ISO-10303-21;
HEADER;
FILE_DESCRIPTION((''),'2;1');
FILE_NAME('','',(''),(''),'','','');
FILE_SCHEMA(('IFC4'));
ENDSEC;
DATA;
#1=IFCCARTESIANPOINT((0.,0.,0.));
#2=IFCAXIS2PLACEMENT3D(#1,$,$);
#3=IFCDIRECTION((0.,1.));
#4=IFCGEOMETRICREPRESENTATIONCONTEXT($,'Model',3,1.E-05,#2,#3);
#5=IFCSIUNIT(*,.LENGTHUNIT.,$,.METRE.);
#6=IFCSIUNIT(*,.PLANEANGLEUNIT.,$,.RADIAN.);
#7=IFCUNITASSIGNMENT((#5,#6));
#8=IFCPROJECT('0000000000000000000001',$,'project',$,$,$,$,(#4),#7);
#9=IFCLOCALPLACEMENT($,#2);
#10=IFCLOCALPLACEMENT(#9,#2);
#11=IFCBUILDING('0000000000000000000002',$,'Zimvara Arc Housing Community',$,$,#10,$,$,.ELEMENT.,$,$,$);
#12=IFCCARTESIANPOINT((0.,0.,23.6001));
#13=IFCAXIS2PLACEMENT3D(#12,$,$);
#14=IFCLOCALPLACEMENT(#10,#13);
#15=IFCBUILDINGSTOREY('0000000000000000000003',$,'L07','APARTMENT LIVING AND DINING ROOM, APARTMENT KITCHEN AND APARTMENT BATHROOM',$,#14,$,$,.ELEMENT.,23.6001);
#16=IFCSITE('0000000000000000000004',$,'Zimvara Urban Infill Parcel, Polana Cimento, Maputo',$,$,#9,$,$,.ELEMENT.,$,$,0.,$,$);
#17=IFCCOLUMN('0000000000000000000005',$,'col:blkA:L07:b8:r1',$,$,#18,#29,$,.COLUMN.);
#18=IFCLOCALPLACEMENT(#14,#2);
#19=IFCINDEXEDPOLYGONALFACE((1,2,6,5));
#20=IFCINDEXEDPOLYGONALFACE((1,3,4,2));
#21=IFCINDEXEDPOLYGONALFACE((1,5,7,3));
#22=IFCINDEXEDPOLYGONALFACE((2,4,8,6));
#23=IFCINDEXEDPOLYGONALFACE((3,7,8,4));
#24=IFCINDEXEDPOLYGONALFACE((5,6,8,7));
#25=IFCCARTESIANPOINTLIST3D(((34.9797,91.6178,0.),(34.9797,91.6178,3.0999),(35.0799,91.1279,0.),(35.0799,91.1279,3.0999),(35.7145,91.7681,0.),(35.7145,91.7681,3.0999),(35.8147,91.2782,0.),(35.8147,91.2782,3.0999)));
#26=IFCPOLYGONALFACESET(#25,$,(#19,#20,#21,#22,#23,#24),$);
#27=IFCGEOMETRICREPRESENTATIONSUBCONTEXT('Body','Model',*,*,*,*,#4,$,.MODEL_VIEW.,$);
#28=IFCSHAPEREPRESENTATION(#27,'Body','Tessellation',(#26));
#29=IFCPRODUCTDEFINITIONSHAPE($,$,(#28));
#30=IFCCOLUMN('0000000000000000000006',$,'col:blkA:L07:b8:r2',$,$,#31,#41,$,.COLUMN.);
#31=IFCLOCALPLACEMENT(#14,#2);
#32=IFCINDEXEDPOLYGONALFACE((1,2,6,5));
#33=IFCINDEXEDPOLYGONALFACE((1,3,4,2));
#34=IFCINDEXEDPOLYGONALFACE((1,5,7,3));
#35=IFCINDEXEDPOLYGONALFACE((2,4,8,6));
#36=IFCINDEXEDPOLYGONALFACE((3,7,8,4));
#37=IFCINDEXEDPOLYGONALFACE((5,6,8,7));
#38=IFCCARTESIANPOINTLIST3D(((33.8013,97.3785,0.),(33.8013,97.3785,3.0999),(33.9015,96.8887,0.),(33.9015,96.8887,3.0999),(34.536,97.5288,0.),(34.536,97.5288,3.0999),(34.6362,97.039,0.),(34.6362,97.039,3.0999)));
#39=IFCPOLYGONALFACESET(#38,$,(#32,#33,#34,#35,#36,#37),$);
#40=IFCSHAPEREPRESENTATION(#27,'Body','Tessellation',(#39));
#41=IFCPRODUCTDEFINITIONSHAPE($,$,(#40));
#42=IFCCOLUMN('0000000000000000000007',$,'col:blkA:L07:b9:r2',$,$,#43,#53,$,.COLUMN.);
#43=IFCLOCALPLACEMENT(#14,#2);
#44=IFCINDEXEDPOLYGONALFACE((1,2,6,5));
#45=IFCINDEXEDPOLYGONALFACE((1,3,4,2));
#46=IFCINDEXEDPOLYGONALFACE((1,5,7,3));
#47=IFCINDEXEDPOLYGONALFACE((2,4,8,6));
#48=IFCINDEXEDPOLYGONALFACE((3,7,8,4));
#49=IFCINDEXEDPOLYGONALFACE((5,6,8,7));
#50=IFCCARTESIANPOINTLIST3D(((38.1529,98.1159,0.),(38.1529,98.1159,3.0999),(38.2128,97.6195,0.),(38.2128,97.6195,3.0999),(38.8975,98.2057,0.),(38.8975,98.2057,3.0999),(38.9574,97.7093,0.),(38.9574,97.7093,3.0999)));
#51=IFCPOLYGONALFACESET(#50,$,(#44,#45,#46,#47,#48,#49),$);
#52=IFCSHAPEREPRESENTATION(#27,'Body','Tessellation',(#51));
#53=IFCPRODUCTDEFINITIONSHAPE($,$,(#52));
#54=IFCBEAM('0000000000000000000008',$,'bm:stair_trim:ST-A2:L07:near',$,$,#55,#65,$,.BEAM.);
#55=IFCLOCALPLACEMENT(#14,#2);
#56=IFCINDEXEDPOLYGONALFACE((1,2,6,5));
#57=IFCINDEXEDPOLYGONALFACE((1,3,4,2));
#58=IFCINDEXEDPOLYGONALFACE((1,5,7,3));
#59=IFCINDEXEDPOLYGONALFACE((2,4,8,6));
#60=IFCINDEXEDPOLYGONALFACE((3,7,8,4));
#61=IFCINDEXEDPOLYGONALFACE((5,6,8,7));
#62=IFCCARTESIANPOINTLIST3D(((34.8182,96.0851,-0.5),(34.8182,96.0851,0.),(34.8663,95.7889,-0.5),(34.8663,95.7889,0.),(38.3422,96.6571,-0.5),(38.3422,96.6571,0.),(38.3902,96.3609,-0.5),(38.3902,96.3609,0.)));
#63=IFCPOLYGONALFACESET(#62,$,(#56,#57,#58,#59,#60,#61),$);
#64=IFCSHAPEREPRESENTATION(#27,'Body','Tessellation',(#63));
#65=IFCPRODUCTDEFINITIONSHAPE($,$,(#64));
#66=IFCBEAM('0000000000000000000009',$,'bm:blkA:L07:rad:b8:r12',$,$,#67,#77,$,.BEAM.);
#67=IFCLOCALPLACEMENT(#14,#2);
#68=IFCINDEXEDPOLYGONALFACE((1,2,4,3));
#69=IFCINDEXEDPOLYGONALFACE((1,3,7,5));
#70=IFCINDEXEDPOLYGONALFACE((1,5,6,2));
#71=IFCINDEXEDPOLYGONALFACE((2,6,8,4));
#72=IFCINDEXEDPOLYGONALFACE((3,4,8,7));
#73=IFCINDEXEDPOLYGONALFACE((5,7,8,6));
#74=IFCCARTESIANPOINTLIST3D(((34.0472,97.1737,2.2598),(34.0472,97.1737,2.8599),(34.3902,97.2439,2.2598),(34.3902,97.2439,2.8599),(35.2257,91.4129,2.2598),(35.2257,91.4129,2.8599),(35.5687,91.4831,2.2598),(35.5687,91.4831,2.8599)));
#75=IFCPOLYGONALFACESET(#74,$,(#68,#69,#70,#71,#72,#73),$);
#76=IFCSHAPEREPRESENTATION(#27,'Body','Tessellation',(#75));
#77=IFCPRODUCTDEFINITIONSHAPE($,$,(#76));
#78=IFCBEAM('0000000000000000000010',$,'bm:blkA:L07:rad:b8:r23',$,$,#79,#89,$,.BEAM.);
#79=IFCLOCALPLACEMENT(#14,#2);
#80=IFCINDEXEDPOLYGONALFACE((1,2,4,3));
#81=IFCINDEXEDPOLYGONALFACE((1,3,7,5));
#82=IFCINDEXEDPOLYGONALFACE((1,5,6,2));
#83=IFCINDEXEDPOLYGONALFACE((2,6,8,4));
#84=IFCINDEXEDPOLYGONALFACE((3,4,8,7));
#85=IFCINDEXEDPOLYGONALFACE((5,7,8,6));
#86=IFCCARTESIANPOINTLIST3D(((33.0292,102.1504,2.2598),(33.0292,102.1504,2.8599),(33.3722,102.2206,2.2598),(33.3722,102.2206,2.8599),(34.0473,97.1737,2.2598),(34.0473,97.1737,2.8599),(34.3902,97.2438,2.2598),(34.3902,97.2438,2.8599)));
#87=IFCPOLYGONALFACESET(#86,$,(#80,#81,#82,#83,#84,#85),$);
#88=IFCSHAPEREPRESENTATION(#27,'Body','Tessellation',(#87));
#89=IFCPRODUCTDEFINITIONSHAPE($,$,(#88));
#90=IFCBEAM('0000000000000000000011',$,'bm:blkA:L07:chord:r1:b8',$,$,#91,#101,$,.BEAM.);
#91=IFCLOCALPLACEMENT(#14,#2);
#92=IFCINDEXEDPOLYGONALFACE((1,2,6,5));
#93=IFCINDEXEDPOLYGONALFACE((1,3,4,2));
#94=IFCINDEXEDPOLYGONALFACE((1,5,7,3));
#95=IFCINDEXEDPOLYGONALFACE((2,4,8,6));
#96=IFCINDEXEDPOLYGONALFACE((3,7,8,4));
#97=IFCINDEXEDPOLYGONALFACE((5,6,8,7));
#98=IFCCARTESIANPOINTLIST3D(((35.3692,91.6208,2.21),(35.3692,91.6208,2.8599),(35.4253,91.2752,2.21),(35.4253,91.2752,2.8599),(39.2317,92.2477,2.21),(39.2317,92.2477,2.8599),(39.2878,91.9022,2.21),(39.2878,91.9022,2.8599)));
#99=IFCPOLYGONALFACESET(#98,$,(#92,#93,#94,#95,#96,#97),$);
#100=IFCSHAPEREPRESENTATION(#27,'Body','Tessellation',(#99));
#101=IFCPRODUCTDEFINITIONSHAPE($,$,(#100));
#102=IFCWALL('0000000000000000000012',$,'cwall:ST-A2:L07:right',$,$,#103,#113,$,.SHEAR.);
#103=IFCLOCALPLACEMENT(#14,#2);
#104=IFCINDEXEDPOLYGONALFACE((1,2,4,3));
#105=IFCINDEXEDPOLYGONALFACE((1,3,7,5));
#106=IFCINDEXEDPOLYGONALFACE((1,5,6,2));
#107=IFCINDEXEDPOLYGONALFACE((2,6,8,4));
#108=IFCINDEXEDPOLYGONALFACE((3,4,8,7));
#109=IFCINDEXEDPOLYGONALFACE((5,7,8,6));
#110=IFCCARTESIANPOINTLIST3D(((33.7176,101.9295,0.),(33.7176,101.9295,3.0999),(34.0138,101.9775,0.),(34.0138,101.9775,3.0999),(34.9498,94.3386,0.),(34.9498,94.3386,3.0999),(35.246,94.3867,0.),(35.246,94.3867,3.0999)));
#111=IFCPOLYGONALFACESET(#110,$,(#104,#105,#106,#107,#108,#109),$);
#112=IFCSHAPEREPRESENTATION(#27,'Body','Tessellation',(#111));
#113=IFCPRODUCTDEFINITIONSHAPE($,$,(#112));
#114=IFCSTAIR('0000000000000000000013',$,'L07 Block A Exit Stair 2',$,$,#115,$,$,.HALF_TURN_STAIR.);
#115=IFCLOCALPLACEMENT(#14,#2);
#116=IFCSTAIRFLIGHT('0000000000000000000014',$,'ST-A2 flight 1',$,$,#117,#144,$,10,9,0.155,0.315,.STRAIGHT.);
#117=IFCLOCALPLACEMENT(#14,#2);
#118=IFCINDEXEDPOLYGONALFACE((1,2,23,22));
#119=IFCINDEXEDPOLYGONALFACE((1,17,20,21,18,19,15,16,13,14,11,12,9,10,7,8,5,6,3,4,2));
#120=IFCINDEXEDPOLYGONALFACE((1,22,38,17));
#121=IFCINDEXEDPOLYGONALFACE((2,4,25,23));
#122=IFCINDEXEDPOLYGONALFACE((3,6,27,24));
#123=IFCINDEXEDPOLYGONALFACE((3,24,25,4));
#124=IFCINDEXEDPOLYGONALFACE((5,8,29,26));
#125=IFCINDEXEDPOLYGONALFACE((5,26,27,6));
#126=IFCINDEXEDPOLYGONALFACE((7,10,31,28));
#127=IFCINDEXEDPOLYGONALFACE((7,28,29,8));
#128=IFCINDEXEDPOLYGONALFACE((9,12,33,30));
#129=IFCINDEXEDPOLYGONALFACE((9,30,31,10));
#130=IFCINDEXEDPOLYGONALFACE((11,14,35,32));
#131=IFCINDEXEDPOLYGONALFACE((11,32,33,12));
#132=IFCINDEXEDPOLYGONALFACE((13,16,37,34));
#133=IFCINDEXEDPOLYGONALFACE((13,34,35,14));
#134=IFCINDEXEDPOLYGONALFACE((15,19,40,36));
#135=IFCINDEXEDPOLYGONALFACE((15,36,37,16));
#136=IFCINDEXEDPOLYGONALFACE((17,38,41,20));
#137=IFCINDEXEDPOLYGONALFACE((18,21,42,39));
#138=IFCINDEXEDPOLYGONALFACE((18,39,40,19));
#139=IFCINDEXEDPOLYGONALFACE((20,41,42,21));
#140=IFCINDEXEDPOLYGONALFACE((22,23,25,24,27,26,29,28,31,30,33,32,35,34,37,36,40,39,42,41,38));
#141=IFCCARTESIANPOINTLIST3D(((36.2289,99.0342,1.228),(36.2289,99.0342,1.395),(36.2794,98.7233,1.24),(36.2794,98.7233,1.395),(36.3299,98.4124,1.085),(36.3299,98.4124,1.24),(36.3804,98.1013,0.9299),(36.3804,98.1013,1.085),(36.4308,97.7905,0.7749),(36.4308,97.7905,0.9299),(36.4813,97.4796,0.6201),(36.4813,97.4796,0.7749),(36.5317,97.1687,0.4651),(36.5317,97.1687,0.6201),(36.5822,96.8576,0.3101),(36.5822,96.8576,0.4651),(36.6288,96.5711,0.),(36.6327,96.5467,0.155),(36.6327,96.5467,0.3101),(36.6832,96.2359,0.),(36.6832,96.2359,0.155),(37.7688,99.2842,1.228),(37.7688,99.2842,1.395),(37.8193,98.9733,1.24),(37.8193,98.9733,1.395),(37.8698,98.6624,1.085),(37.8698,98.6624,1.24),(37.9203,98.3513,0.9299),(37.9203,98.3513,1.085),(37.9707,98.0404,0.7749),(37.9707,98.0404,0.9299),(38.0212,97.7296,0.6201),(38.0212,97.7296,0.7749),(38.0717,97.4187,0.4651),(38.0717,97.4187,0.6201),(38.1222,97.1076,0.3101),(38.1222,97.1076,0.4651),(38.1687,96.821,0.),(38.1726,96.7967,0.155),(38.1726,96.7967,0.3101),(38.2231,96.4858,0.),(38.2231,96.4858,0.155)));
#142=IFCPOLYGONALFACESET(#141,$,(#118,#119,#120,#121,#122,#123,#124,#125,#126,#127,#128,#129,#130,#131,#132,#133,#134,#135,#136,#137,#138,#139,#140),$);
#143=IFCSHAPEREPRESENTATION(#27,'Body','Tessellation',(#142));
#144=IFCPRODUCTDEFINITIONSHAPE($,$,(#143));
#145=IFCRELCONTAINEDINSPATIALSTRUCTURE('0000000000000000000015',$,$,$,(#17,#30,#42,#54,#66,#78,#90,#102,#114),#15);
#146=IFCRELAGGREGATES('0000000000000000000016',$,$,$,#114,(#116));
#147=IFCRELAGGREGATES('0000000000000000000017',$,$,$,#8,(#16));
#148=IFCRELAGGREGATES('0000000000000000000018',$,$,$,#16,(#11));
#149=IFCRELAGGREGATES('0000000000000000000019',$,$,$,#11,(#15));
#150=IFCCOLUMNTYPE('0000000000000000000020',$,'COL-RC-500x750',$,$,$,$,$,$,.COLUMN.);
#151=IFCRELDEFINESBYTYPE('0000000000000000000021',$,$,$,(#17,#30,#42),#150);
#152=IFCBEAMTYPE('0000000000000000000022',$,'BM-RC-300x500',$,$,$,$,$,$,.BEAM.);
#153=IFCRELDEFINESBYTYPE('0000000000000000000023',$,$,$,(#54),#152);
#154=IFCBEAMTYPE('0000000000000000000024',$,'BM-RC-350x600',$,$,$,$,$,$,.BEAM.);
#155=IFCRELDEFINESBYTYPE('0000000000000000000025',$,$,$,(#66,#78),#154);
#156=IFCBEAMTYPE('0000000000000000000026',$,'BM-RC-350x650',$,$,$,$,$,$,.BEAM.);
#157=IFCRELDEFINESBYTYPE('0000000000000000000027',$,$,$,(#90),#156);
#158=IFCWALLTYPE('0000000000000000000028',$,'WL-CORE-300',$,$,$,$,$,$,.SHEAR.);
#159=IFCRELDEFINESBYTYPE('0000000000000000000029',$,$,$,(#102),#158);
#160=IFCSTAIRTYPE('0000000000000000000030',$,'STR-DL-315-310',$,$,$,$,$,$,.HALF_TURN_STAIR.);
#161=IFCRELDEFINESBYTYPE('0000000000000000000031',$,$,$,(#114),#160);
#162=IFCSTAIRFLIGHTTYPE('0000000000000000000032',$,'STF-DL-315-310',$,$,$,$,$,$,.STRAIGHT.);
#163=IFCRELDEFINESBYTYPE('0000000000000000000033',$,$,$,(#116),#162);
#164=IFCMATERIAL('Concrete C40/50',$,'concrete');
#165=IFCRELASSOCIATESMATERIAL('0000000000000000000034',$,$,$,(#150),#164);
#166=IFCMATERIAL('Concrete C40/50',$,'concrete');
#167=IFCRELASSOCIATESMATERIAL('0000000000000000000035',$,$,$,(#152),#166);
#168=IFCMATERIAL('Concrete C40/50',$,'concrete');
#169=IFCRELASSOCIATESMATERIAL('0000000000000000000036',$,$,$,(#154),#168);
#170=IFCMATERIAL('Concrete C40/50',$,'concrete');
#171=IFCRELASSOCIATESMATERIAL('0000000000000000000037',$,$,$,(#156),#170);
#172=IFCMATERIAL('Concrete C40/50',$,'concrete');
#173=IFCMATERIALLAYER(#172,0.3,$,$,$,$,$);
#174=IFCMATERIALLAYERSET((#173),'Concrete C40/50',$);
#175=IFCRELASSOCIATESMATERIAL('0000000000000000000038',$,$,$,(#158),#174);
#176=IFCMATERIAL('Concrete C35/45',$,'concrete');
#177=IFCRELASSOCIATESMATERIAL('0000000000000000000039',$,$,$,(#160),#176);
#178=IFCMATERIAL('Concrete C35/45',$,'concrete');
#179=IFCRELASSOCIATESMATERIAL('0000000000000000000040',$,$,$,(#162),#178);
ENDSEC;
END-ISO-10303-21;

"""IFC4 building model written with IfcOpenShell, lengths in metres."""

from ifc_helpers import new_model, si_unit, direction, frame, frame_2d, origin, origin_2d, place, context, subcontext, project, spatial, polyline, rectangle, outline, extrude, material, layer, layer_set, material_profile, profile_set, type_object, element, aggregate, save


model = new_model("IFC4")

# Units and contexts
model_context = context("Model", 3, precision=1e-05, world=origin(), true_north=direction((0.0, 1.0)))
body_context = subcontext(model_context, "Body", "Model", "MODEL_VIEW")
ifc_project = project(units=[si_unit("LENGTHUNIT", "METRE"), si_unit("PLANEANGLEUNIT", "RADIAN")], contexts=[model_context])

# Site, building, storey
site_placement = place(None, origin())
site = spatial("IfcSite", under=ifc_project, at=site_placement, Name="Zimvara Urban Infill Parcel, Polana Cimento, Maputo", CompositionType="ELEMENT", RefElevation=0.0)
building_placement = place(site_placement, origin())
building = spatial("IfcBuilding", under=site, at=building_placement, Name="Zimvara Arc Housing Community", CompositionType="ELEMENT")
storey_placement = place(building_placement, frame((0.0, 0.0, 23.6001)))
storey = spatial("IfcBuildingStorey", under=building, at=storey_placement, Name="L07", Description="APARTMENT LIVING AND DINING ROOM, APARTMENT KITCHEN AND APARTMENT BATHROOM", CompositionType="ELEMENT", Elevation=23.6001)

# Columns
ifc_material_1 = material(Name="Concrete C40/50", Category="concrete")
ifc_material_profile_1 = material_profile(ifc_material_1, rectangle(XDim=0.5, YDim=0.75, at=origin_2d()), Name="RC 500x750")
ifc_profile_set_1 = profile_set([ifc_material_profile_1], Name="Concrete C40/50")
column_type = type_object("IfcColumnType", Name="COL-RC-500x750", PredefinedType="COLUMN", material=ifc_profile_set_1)
for number, where, z_axis, x_axis, name in (
    (1, (35.3972, 91.448, 0.0), (0.0, 0.0, 1.0), (-0.200394, 0.979715, 0.0), "col:blkA:L07:b8:r1"),
    (2, (34.2188, 97.2087, 0.0), (0.0, 0.0, 1.0), (-0.200394, 0.979715, 0.0), "col:blkA:L07:b8:r2"),
    (3, (38.5552, 97.9126, 0.0), (0.0, 0.0, 1.0), (-0.11979, 0.992799, 0.0), "col:blkA:L07:b9:r2"),
):
    element("IfcColumn", number, at=place(storey_placement, frame(where, z_axis=z_axis, x_axis=x_axis)), inside=storey, type_object=column_type, Name=name, PredefinedType="COLUMN", context=body_context, shape_type="SweptSolid", body=[
        extrude(rectangle(XDim=0.5, YDim=0.75, at=origin_2d()), origin(), (0.0, 0.0, 1.0), 3.0999),
    ])

# Beams
ifc_material_2 = material(Name="Concrete C40/50", Category="concrete")
ifc_material_profile_2 = material_profile(ifc_material_2, rectangle(XDim=0.3, YDim=0.5, at=origin_2d()), Name="RC 300x500")
ifc_profile_set_2 = profile_set([ifc_material_profile_2], Name="Concrete C40/50")
beam_type_1 = type_object("IfcBeamType", Name="BM-RC-300x500", PredefinedType="BEAM", material=ifc_profile_set_2)
beam_1_placement = place(storey_placement, frame((38.3662, 96.509, -0.25), z_axis=(-0.98708, -0.160228, 0.0), x_axis=(0.160228, -0.98708, 0.0)))
element("IfcBeam", 4, at=beam_1_placement, inside=storey, type_object=beam_type_1, Name="bm:stair_trim:ST-A2:L07:near", PredefinedType="BEAM", context=body_context, shape_type="SweptSolid", body=[
    extrude(rectangle(XDim=0.3, YDim=0.5, at=origin_2d()), origin(), (0.0, 0.0, 1.0), 3.5701),
])
ifc_material_3 = material(Name="Concrete C40/50", Category="concrete")
ifc_material_profile_3 = material_profile(ifc_material_3, rectangle(XDim=0.3501, YDim=0.6001, at=origin_2d()), Name="RC 350x600")
ifc_profile_set_3 = profile_set([ifc_material_profile_3], Name="Concrete C40/50")
beam_type_2 = type_object("IfcBeamType", Name="BM-RC-350x600", PredefinedType="BEAM", material=ifc_profile_set_3)
beam_2_placement = place(storey_placement, frame((35.3972, 91.448, 2.5598), z_axis=(-0.200418, 0.97971, 0.0), x_axis=(-0.97971, -0.200418, 0.0)))
element("IfcBeam", 5, at=beam_2_placement, inside=storey, type_object=beam_type_2, Name="bm:blkA:L07:rad:b8:r12", PredefinedType="BEAM", context=body_context, shape_type="SweptSolid", body=[
    extrude(rectangle(XDim=0.3501, YDim=0.6001, at=origin_2d()), origin(), (0.0, 0.0, 1.0), 5.8801),
])
beam_3_placement = place(storey_placement, frame((34.2188, 97.2087, 2.5598), z_axis=(-0.200412, 0.979712, 0.0), x_axis=(-0.979712, -0.200412, 0.0)))
element("IfcBeam", 6, at=beam_3_placement, inside=storey, type_object=beam_type_2, Name="bm:blkA:L07:rad:b8:r23", PredefinedType="BEAM", context=body_context, shape_type="SweptSolid", body=[
    extrude(rectangle(XDim=0.3501, YDim=0.6001, at=origin_2d()), origin(), (0.0, 0.0, 1.0), 5.0798),
])
ifc_material_4 = material(Name="Concrete C40/50", Category="concrete")
ifc_material_profile_4 = material_profile(ifc_material_4, rectangle(XDim=0.3501, YDim=0.6499, at=origin_2d()), Name="RC 350x650")
ifc_profile_set_4 = profile_set([ifc_material_profile_4], Name="Concrete C40/50")
beam_type_3 = type_object("IfcBeamType", Name="BM-RC-350x650", PredefinedType="BEAM", material=ifc_profile_set_4)
beam_4_placement = place(storey_placement, frame((35.3972, 91.448, 2.5349), z_axis=(0.987081, 0.160219, 0.0), x_axis=(-0.160219, 0.987081, 0.0)))
element("IfcBeam", 7, at=beam_4_placement, inside=storey, type_object=beam_type_3, Name="bm:blkA:L07:chord:r1:b8", PredefinedType="BEAM", context=body_context, shape_type="SweptSolid", body=[
    extrude(rectangle(XDim=0.3501, YDim=0.6499, at=origin_2d()), origin(), (0.0, 0.0, 1.0), 3.9131),
])

# Wall
ifc_material_5 = material(Name="Concrete C40/50", Category="concrete")
ifc_layer_1 = layer(ifc_material_5, 0.3)
ifc_layer_set_1 = layer_set([ifc_layer_1], Name="Concrete C40/50")
wall_type_1 = type_object("IfcWallType", Name="WL-CORE-300", PredefinedType="SHEAR", material=ifc_layer_set_1)
wall_1_placement = place(storey_placement, frame((35.0979, 94.3625, 0.0), z_axis=(0.0, 0.0, 1.0), x_axis=(-0.160227, 0.98708, 0.0)))
element("IfcWall", 8, at=wall_1_placement, inside=storey, type_object=wall_type_1, Name="cwall:ST-A2:L07:right", PredefinedType="SHEAR", context=body_context, shape_type="SweptSolid", body=[
    extrude(rectangle(XDim=7.6902, YDim=0.3, at=frame_2d((3.8452, 0.0))), origin(), (0.0, 0.0, 1.0), 3.0999),
])

# Stair, stair flight
ifc_material_6 = material(Name="Concrete C35/45", Category="concrete")
stair_type = type_object("IfcStairType", Name="STR-DL-315-310", PredefinedType="HALF_TURN_STAIR", material=ifc_material_6)
stair_placement = place(storey_placement, origin())
stair = element("IfcStair", 9, at=stair_placement, inside=storey, type_object=stair_type, Name="L07 Block A Exit Stair 2", PredefinedType="HALF_TURN_STAIR")
ifc_material_7 = material(Name="Concrete C35/45", Category="concrete")
stair_flight_type = type_object("IfcStairFlightType", Name="STF-DL-315-310", PredefinedType="STRAIGHT", material=ifc_material_7)
stair_flight_placement = place(storey_placement, frame((37.4531, 96.3608, 0.0), z_axis=(0.0, 0.0, 1.0), x_axis=(-0.160226, 0.98708, 0.0)))
stair_flight = element("IfcStairFlight", 10, at=stair_flight_placement, type_object=stair_flight_type, Name="ST-A2 flight 1", NumberOfRisers=10, NumberOfTreads=9, PredefinedType="STRAIGHT", RiserHeight=0.155, TreadLength=0.315, context=body_context, shape_type="SweptSolid", body=[
    extrude(outline(polyline([(0.0, 0.0), (0.0, 0.155), (0.3149, 0.155), (0.3149, 0.3101), (0.6299, 0.3101), (0.6299, 0.4651), (0.9451, 0.4651), (0.9451, 0.6201), (1.26, 0.6201), (1.26, 0.7749), (1.575, 0.7749), (1.575, 0.9299), (1.8899, 0.9299), (1.8899, 1.085), (2.2051, 1.085), (2.2051, 1.24), (2.52, 1.24), (2.52, 1.395), (2.835, 1.395), (2.835, 1.55), (2.835, 1.228), (0.3396, 0.0), (0.0, 0.0)])), frame((0.0, 0.78, 0.0), z_axis=(0.0, -1.0, 0.0), x_axis=(1.0, 0.0, 0.0)), (0.0, 0.0, 1.0), 1.5601),
])
aggregate(stair, [stair_flight])

save(model, "model.ifc")
